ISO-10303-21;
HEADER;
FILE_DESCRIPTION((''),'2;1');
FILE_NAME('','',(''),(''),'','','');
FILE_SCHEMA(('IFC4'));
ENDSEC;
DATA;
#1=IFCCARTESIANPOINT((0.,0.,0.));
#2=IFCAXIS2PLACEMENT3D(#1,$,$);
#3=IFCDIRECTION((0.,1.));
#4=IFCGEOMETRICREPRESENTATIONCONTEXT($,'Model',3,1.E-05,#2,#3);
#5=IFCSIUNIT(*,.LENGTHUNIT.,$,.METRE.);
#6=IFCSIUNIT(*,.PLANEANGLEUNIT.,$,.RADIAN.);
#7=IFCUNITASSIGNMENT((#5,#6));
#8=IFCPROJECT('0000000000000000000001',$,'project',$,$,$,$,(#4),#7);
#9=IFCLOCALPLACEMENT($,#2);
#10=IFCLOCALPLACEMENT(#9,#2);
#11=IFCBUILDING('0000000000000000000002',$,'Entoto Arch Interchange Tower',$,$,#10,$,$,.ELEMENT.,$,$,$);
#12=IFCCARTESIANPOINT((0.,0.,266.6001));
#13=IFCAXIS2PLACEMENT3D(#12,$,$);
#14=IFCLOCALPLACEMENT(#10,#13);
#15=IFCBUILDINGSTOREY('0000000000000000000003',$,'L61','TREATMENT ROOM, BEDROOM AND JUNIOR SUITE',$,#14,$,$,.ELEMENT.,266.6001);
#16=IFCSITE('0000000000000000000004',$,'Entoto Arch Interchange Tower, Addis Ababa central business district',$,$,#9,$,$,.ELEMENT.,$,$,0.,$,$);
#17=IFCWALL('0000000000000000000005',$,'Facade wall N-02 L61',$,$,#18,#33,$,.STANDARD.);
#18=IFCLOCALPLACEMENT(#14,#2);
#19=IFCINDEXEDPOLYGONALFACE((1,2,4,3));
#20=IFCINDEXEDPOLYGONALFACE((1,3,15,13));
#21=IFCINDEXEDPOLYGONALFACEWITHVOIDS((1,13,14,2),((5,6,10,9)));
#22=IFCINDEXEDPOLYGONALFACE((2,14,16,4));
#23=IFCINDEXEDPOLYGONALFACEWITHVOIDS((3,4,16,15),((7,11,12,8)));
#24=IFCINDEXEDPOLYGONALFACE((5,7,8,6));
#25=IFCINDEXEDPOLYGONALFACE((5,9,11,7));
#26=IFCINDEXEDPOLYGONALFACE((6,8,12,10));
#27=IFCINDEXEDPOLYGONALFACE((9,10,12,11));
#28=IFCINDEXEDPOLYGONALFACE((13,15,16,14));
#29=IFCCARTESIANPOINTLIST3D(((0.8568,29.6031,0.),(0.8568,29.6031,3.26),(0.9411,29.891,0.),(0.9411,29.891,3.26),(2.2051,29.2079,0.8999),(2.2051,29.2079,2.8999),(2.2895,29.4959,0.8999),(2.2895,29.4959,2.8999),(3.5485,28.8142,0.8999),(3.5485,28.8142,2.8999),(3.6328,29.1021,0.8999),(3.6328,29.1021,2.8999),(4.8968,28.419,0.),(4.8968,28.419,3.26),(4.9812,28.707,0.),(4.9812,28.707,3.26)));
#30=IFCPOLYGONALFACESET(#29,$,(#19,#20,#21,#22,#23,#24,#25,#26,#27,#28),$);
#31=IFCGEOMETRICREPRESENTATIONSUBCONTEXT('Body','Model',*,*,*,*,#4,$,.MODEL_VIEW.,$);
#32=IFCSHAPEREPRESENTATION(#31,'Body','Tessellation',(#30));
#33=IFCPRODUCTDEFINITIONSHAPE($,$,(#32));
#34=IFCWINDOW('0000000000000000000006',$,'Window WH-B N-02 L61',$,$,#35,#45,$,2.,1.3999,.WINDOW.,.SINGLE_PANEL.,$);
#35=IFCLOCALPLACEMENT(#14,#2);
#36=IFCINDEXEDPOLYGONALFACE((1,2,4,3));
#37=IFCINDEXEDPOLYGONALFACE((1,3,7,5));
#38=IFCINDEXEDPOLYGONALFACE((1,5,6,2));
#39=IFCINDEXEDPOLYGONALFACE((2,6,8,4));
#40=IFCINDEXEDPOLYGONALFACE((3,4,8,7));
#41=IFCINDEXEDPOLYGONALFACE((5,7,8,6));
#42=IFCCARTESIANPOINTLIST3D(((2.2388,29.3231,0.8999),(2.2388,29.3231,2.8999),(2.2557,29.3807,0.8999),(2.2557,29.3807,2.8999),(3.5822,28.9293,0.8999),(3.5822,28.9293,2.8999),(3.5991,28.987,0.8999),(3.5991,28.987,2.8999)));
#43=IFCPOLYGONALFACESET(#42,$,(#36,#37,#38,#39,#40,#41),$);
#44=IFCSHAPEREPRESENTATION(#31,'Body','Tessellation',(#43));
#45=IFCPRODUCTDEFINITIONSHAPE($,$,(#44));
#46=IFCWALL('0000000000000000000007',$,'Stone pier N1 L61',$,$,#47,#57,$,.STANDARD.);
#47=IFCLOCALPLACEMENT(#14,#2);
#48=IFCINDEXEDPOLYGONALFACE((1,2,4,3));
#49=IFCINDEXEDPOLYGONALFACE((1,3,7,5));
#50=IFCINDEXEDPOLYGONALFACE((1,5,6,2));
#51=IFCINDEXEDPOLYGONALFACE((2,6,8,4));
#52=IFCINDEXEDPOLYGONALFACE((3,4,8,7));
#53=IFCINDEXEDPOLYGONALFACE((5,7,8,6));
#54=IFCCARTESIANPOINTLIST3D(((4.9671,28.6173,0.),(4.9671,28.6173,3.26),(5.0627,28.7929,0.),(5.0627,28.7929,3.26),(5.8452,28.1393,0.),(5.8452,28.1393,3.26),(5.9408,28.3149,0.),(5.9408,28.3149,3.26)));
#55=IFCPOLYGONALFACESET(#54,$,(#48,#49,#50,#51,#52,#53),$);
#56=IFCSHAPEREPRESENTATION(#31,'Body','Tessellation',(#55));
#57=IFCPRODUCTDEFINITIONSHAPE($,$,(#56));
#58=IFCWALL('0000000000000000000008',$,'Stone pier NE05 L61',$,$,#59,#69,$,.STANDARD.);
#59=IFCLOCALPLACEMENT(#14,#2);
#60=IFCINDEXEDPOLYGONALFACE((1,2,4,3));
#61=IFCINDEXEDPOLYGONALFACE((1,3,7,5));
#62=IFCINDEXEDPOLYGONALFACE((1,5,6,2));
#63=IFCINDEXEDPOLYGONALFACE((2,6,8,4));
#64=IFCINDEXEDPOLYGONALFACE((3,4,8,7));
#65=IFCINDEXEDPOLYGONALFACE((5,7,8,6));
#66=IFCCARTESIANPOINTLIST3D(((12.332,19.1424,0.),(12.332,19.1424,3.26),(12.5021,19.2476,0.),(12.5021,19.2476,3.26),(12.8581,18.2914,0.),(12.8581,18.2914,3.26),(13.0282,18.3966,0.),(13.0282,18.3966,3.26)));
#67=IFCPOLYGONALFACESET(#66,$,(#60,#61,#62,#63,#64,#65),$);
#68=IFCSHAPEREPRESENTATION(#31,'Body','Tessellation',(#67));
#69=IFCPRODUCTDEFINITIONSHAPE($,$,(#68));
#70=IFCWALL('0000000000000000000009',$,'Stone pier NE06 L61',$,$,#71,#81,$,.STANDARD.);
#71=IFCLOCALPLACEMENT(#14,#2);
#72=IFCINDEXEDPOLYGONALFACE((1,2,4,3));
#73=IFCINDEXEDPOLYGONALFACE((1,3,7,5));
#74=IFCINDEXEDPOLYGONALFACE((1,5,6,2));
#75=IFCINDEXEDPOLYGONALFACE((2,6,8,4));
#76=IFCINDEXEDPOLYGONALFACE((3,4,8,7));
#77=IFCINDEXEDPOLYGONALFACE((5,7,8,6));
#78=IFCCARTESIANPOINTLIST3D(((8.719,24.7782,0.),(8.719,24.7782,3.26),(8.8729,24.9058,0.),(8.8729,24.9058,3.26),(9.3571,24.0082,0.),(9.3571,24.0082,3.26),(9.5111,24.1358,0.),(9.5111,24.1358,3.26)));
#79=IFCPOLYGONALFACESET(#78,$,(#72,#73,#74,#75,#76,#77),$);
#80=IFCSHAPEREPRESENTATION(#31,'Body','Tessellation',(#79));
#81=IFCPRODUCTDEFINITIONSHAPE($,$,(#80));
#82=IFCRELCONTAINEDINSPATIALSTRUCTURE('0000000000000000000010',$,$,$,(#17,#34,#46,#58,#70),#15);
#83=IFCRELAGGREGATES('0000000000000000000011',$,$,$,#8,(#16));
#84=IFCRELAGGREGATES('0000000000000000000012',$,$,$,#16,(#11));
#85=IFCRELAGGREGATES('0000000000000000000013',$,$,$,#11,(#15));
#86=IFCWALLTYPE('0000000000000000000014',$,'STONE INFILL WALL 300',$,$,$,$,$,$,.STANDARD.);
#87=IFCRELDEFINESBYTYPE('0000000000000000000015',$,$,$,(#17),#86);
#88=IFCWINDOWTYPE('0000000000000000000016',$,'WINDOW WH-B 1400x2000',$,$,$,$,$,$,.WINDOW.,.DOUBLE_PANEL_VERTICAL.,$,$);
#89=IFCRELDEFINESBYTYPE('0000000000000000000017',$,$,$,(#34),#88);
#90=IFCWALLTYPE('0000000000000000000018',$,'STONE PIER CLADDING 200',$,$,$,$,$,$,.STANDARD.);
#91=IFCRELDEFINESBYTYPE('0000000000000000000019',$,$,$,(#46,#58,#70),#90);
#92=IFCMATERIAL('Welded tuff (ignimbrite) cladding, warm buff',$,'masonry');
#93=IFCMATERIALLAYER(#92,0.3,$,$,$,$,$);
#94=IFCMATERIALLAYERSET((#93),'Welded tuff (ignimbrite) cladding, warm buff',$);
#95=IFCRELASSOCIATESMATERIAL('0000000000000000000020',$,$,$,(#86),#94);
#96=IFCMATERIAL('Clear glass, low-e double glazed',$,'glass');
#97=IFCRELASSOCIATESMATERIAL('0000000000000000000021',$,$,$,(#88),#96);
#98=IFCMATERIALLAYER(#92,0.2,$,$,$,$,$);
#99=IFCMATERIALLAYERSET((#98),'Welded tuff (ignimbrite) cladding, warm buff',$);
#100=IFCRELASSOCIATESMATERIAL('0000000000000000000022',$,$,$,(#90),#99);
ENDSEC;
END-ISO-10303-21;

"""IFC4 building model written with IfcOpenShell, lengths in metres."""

from ifc_helpers import new_model, si_unit, direction, frame, frame_2d, origin, place, context, subcontext, project, spatial, rectangle, extrude, material, layer, layer_set, type_object, element, fill, save


model = new_model("IFC4")

# Units and contexts
model_context = context("Model", 3, precision=1e-05, world=origin(), true_north=direction((0.0, 1.0)))
body_context = subcontext(model_context, "Body", "Model", "MODEL_VIEW")
ifc_project = project(units=[si_unit("LENGTHUNIT", "METRE"), si_unit("PLANEANGLEUNIT", "RADIAN")], contexts=[model_context])

# Site, building, storey
site_placement = place(None, origin())
site = spatial("IfcSite", under=ifc_project, at=site_placement, Name="Entoto Arch Interchange Tower, Addis Ababa central business district", CompositionType="ELEMENT", RefElevation=0.0)
building_placement = place(site_placement, origin())
building = spatial("IfcBuilding", under=site, at=building_placement, Name="Entoto Arch Interchange Tower", CompositionType="ELEMENT")
storey_placement = place(building_placement, frame((0.0, 0.0, 266.6001)))
storey = spatial("IfcBuildingStorey", under=building, at=storey_placement, Name="L61", Description="TREATMENT ROOM, BEDROOM AND JUNIOR SUITE", CompositionType="ELEMENT", Elevation=266.6001)

# Shared definitions
ifc_material_1 = material(Name="Welded tuff (ignimbrite) cladding, warm buff", Category="masonry")
ifc_layer_1 = layer(ifc_material_1, 0.3)
ifc_layer_set_1 = layer_set([ifc_layer_1], Name="Welded tuff (ignimbrite) cladding, warm buff")
wall_type_1 = type_object("IfcWallType", Name="STONE INFILL WALL 300", PredefinedType="STANDARD", material=ifc_layer_set_1)
ifc_material_2 = material(Name="Clear glass, low-e double glazed", Category="glass")

# Wall, opening, window
window_type_1 = type_object("IfcWindowType", Name="WINDOW WH-B 1400x2000", PartitioningType="DOUBLE_PANEL_VERTICAL", PredefinedType="WINDOW", material=ifc_material_2)
wall_1_placement = place(storey_placement, frame((4.939, 28.563, 0.0), z_axis=(0.0, 0.0, 1.0), x_axis=(-0.959633, 0.281256, 0.0)))
wall_1 = element("IfcWall", 1, at=wall_1_placement, inside=storey, type_object=wall_type_1, Name="Facade wall N-02 L61", PredefinedType="STANDARD", context=body_context, shape_type="SweptSolid", body=[
    extrude(rectangle(XDim=4.21, YDim=0.3, at=frame_2d((2.105, 0.0))), origin(), (0.0, 0.0, 1.0), 3.26),
])
opening_1_placement = place(wall_1_placement, frame((1.405, 0.0, 0.8999)))
opening_1 = element("IfcOpeningElement", 2, at=opening_1_placement, cuts=wall_1, PredefinedType="OPENING", context=body_context, shape_type="SweptSolid", body=[
    extrude(rectangle(XDim=1.3999, YDim=2.0, at=frame_2d((0.7, 1.0))), frame((0.0, 0.1602, 0.0), z_axis=(0.0, -1.0, 0.0), x_axis=(1.0, 0.0, 0.0)), (0.0, 0.0, 1.0), 0.3201),
])
window_1_placement = place(opening_1_placement, origin())
window_1 = element("IfcWindow", 3, at=window_1_placement, inside=storey, type_object=window_type_1, Name="Window WH-B N-02 L61", OverallHeight=2.0, OverallWidth=1.3999, PartitioningType="SINGLE_PANEL", PredefinedType="WINDOW", context=body_context, shape_type="SweptSolid", body=[
    extrude(rectangle(XDim=1.3999, YDim=2.0, at=frame_2d((0.7, 1.0))), frame((0.0, 0.03, 0.0), z_axis=(0.0, -1.0, 0.0), x_axis=(1.0, 0.0, 0.0)), (0.0, 0.0, 1.0), 0.0601),
])
fill(opening_1, window_1)

# Walls
ifc_layer_2 = layer(ifc_material_1, 0.2)
ifc_layer_set_2 = layer_set([ifc_layer_2], Name="Welded tuff (ignimbrite) cladding, warm buff")
wall_type_2 = type_object("IfcWallType", Name="STONE PIER CLADDING 200", PredefinedType="STANDARD", material=ifc_layer_set_2)
wall_2_placement = place(storey_placement, frame((5.8931, 28.2271, 0.0), z_axis=(0.0, 0.0, 1.0), x_axis=(-0.878306, 0.478099, 0.0)))
element("IfcWall", 4, at=wall_2_placement, inside=storey, type_object=wall_type_2, Name="Stone pier N1 L61", PredefinedType="STANDARD", context=body_context, shape_type="SweptSolid", body=[
    extrude(rectangle(XDim=0.9998, YDim=0.2, at=frame_2d((0.5, 0.0))), origin(), (0.0, 0.0, 1.0), 3.26),
])
wall_3_placement = place(storey_placement, frame((12.9431, 18.344, 0.0), z_axis=(0.0, 0.0, 1.0), x_axis=(-0.525825, 0.850593, 0.0)))
element("IfcWall", 5, at=wall_3_placement, inside=storey, type_object=wall_type_2, Name="Stone pier NE05 L61", PredefinedType="STANDARD", context=body_context, shape_type="SweptSolid", body=[
    extrude(rectangle(XDim=1.0005, YDim=0.2, at=frame_2d((0.5002, 0.0))), origin(), (0.0, 0.0, 1.0), 3.26),
])
wall_4_placement = place(storey_placement, frame((9.4341, 24.072, 0.0), z_axis=(0.0, 0.0, 1.0), x_axis=(-0.638117, 0.769939, 0.0)))
element("IfcWall", 6, at=wall_4_placement, inside=storey, type_object=wall_type_2, Name="Stone pier NE06 L61", PredefinedType="STANDARD", context=body_context, shape_type="SweptSolid", body=[
    extrude(rectangle(XDim=1.0, YDim=0.2, at=frame_2d((0.5, 0.0))), origin(), (0.0, 0.0, 1.0), 3.26),
])

save(model, "model.ifc")
